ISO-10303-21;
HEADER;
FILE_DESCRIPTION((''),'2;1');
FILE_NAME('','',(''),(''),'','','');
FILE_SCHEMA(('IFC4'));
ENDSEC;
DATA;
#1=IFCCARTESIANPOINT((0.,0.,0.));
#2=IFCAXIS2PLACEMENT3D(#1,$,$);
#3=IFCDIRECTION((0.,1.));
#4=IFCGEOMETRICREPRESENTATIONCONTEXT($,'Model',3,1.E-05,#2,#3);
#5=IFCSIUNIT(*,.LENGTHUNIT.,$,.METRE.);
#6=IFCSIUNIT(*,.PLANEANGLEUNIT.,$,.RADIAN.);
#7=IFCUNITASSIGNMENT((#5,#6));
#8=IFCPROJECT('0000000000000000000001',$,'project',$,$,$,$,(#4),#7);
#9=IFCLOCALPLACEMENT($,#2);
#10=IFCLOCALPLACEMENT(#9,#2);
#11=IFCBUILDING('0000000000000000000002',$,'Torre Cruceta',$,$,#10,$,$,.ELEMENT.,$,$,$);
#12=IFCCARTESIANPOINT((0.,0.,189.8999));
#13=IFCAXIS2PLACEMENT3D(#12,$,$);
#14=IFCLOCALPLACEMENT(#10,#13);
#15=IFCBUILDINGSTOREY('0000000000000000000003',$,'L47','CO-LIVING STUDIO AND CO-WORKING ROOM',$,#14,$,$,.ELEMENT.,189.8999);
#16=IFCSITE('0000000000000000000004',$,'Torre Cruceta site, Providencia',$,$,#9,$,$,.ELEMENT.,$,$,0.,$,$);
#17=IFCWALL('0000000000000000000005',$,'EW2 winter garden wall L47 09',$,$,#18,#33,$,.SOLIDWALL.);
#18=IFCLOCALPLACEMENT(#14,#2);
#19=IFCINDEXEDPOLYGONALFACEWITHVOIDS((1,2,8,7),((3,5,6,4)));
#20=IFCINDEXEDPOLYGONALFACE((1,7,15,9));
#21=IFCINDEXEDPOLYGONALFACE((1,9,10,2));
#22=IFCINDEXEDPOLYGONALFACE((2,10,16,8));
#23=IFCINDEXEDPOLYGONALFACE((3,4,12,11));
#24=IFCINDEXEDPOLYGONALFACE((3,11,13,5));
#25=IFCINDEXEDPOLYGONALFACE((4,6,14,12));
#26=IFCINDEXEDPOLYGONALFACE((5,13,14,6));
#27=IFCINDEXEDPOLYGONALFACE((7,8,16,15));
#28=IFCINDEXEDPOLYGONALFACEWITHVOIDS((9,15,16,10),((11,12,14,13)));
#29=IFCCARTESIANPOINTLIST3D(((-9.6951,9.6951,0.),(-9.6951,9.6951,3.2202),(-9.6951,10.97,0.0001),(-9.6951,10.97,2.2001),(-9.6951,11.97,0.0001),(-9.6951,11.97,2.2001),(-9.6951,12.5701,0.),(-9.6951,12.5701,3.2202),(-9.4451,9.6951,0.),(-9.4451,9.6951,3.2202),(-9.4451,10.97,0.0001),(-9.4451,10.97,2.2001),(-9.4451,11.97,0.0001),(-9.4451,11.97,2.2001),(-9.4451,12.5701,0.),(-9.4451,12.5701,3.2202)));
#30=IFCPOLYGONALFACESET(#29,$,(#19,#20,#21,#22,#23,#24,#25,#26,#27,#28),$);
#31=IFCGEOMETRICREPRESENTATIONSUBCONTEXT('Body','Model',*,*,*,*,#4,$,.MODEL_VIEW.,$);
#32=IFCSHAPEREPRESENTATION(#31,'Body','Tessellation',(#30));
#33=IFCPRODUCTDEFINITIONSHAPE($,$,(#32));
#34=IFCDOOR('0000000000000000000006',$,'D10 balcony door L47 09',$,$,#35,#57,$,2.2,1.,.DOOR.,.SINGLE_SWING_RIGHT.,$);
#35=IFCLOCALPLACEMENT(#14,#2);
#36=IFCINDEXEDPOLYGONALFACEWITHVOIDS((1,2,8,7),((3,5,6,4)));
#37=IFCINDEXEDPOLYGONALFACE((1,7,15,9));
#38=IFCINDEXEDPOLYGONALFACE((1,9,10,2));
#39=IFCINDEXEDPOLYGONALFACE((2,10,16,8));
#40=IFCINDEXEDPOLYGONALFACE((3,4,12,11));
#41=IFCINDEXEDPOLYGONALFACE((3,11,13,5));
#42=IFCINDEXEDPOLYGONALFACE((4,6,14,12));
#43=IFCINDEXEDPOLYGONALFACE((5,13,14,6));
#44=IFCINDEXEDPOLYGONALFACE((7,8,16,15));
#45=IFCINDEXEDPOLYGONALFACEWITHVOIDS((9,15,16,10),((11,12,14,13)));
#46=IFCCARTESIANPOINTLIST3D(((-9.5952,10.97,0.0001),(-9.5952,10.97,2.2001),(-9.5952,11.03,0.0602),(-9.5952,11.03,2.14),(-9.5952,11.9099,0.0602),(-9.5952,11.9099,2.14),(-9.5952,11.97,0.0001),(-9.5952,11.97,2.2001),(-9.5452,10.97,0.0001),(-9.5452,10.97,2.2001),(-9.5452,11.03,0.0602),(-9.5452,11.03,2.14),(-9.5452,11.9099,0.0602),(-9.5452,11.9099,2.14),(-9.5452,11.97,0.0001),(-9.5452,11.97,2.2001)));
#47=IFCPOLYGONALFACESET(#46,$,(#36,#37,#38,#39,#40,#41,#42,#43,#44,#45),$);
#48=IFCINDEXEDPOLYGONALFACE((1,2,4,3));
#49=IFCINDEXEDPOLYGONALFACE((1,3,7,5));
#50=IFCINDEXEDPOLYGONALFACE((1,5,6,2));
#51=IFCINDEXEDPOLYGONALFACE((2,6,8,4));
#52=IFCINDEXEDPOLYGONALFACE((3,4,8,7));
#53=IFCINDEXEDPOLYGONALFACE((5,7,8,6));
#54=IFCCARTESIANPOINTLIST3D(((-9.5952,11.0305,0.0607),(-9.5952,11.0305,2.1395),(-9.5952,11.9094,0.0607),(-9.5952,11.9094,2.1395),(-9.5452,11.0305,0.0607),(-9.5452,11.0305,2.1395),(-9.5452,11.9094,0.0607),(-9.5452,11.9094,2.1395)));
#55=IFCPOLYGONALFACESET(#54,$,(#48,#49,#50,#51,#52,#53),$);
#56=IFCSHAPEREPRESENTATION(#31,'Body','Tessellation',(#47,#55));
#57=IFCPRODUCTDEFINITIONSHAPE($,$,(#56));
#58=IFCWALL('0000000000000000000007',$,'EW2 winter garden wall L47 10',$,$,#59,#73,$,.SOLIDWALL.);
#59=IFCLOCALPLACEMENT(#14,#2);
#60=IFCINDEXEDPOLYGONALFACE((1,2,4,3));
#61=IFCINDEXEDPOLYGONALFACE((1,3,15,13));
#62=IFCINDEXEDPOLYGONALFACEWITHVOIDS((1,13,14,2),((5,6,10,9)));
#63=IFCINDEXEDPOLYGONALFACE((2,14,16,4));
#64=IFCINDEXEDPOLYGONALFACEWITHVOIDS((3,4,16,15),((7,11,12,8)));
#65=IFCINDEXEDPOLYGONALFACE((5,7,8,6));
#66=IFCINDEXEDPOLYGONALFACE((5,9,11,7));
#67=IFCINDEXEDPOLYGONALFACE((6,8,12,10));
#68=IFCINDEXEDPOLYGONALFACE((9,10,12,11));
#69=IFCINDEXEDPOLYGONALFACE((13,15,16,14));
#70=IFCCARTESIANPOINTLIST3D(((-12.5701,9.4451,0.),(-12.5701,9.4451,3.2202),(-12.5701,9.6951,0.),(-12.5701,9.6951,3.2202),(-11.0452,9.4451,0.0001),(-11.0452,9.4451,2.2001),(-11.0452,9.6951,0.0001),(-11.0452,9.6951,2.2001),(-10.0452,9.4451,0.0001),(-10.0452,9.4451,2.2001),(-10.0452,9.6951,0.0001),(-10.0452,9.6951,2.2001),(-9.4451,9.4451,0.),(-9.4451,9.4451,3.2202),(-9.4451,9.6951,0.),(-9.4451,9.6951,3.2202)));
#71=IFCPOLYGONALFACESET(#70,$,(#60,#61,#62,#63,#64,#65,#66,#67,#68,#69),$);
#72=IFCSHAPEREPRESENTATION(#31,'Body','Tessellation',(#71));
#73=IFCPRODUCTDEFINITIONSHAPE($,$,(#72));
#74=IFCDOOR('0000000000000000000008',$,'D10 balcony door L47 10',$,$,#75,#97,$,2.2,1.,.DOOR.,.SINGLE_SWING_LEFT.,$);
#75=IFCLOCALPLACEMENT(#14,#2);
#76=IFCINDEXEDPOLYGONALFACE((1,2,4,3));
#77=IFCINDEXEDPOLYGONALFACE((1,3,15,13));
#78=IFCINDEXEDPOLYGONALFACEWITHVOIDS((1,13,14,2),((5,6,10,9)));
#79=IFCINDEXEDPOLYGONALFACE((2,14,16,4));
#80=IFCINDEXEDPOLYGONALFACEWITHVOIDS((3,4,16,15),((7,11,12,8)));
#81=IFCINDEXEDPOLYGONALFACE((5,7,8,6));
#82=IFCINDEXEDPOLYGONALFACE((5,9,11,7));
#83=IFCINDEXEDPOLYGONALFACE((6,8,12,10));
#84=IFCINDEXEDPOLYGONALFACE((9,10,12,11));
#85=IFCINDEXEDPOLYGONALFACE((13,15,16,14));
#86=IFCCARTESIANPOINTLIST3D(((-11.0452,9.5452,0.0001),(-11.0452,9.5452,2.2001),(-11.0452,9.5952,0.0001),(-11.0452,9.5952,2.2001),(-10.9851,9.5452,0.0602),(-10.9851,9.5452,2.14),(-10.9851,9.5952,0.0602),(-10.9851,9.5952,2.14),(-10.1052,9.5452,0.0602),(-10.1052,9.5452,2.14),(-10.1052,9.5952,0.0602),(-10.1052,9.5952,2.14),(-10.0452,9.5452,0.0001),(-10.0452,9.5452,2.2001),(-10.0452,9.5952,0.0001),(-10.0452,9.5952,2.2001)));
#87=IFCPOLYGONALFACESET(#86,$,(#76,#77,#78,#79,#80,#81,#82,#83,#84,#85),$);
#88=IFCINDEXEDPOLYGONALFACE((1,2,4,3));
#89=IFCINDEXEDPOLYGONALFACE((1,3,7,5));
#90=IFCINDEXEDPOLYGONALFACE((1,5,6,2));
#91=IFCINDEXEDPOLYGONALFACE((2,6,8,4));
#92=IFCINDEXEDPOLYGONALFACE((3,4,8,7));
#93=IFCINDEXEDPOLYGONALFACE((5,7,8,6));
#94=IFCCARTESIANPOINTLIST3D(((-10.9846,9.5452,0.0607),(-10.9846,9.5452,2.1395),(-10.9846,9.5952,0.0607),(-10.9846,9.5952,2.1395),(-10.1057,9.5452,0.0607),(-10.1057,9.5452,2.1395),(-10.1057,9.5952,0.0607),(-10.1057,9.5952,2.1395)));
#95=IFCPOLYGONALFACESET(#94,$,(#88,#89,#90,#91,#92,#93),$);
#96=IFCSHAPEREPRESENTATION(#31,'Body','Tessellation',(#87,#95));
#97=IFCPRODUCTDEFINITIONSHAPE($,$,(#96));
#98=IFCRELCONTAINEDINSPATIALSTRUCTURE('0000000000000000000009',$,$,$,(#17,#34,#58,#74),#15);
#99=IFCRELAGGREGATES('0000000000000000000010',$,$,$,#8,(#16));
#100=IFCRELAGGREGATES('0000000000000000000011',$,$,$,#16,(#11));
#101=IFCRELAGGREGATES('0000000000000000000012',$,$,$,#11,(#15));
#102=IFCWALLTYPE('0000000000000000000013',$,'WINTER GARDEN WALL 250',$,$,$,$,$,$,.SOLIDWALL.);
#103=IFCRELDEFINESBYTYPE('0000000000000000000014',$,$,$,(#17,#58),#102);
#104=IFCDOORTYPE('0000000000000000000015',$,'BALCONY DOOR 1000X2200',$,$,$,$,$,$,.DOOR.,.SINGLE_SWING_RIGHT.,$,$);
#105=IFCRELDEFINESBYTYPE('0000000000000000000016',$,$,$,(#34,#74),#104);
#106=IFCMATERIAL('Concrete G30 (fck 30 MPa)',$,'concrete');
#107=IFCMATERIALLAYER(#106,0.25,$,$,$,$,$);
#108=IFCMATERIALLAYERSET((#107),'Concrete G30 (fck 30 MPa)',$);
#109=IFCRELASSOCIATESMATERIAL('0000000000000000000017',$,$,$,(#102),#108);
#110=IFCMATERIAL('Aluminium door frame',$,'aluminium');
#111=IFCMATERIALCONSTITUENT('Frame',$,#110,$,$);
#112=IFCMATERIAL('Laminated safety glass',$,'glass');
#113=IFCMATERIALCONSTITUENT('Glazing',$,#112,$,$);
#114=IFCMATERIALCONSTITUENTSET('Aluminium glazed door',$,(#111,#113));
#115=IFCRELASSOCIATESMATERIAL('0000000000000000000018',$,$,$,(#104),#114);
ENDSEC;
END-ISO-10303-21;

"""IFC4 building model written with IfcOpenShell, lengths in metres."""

from ifc_helpers import new_model, si_unit, direction, frame, frame_2d, origin, place, context, subcontext, project, spatial, rectangle, hollow_rectangle, extrude, material, layer, layer_set, constituent, constituent_set, type_object, element, fill, save


model = new_model("IFC4")

# Units and contexts
model_context = context("Model", 3, precision=1e-05, world=origin(), true_north=direction((0.0, 1.0)))
body_context = subcontext(model_context, "Body", "Model", "MODEL_VIEW")
ifc_project = project(units=[si_unit("LENGTHUNIT", "METRE"), si_unit("PLANEANGLEUNIT", "RADIAN")], contexts=[model_context])

# Site, building, storey
site_placement = place(None, origin())
site = spatial("IfcSite", under=ifc_project, at=site_placement, Name="Torre Cruceta site, Providencia", CompositionType="ELEMENT", RefElevation=0.0)
building_placement = place(site_placement, origin())
building = spatial("IfcBuilding", under=site, at=building_placement, Name="Torre Cruceta", CompositionType="ELEMENT")
storey_placement = place(building_placement, frame((0.0, 0.0, 189.8999)))
storey = spatial("IfcBuildingStorey", under=building, at=storey_placement, Name="L47", Description="CO-LIVING STUDIO AND CO-WORKING ROOM", CompositionType="ELEMENT", Elevation=189.8999)

# Walls, openings, doors
ifc_material_1 = material(Name="Concrete G30 (fck 30 MPa)", Category="concrete")
ifc_layer_1 = layer(ifc_material_1, 0.25)
ifc_layer_set_1 = layer_set([ifc_layer_1], Name="Concrete G30 (fck 30 MPa)")
wall_type_1 = type_object("IfcWallType", Name="WINTER GARDEN WALL 250", PredefinedType="SOLIDWALL", material=ifc_layer_set_1)
wall_1_placement = place(storey_placement, frame((-9.5701, 12.5701, 0.0), z_axis=(0.0, 0.0, 1.0), x_axis=(0.0, -1.0, 0.0)))
wall_1 = element("IfcWall", 1, at=wall_1_placement, inside=storey, type_object=wall_type_1, Name="EW2 winter garden wall L47 09", PredefinedType="SOLIDWALL", context=body_context, shape_type="SweptSolid", body=[
    extrude(rectangle(XDim=2.875, YDim=0.25, at=frame_2d((1.4375, 0.0))), origin(), (0.0, 0.0, 1.0), 3.2202),
])
opening_1_placement = place(wall_1_placement, frame((0.6001, 0.0, 0.0)))
opening_1 = element("IfcOpeningElement", 2, at=opening_1_placement, cuts=wall_1, PredefinedType="OPENING", context=body_context, shape_type="SweptSolid", body=[
    extrude(rectangle(XDim=1.0, YDim=2.2, at=frame_2d((0.5, 1.1001))), frame((0.0, 0.135, 0.0), z_axis=(0.0, -1.0, 0.0), x_axis=(1.0, 0.0, 0.0)), (0.0, 0.0, 1.0), 0.27),
])
ifc_material_2 = material(Name="Aluminium door frame", Category="aluminium")
ifc_constituent_1 = constituent(ifc_material_2, Name="Frame")
ifc_material_3 = material(Name="Laminated safety glass", Category="glass")
ifc_constituent_2 = constituent(ifc_material_3, Name="Glazing")
ifc_constituent_set_1 = constituent_set(constituents=[ifc_constituent_1, ifc_constituent_2], Name="Aluminium glazed door")
door_type_1 = type_object("IfcDoorType", Name="BALCONY DOOR 1000X2200", OperationType="SINGLE_SWING_RIGHT", PredefinedType="DOOR", material=ifc_constituent_set_1)
door_1_placement = place(opening_1_placement, origin())
door_1 = element("IfcDoor", 3, at=door_1_placement, inside=storey, type_object=door_type_1, Name="D10 balcony door L47 09", OperationType="SINGLE_SWING_RIGHT", OverallHeight=2.2, OverallWidth=1.0, PredefinedType="DOOR", context=body_context, shape_type="SweptSolid", body=[
    extrude(hollow_rectangle(XDim=1.0, YDim=2.2, WallThickness=0.0601, at=frame_2d((0.5, 1.1001))), frame((0.0, 0.0249, 0.0), z_axis=(0.0, -1.0, 0.0), x_axis=(1.0, 0.0, 0.0)), (0.0, 0.0, 1.0), 0.05),
    extrude(rectangle(XDim=0.8789, YDim=2.0789, at=frame_2d((0.5, 1.1001))), frame((0.0, 0.0249, 0.0), z_axis=(0.0, -1.0, 0.0), x_axis=(1.0, 0.0, 0.0)), (0.0, 0.0, 1.0), 0.05),
])
fill(opening_1, door_1)
wall_2_placement = place(storey_placement, frame((-9.4451, 9.5701, 0.0), z_axis=(0.0, 0.0, 1.0), x_axis=(-1.0, 0.0, 0.0)))
wall_2 = element("IfcWall", 4, at=wall_2_placement, inside=storey, type_object=wall_type_1, Name="EW2 winter garden wall L47 10", PredefinedType="SOLIDWALL", context=body_context, shape_type="SweptSolid", body=[
    extrude(rectangle(XDim=3.125, YDim=0.25, at=frame_2d((1.5625, 0.0))), origin(), (0.0, 0.0, 1.0), 3.2202),
])
opening_2_placement = place(wall_2_placement, frame((0.6001, 0.0, 0.0)))
opening_2 = element("IfcOpeningElement", 5, at=opening_2_placement, cuts=wall_2, PredefinedType="OPENING", context=body_context, shape_type="SweptSolid", body=[
    extrude(rectangle(XDim=1.0, YDim=2.2, at=frame_2d((0.5, 1.1001))), frame((0.0, 0.135, 0.0), z_axis=(0.0, -1.0, 0.0), x_axis=(1.0, 0.0, 0.0)), (0.0, 0.0, 1.0), 0.27),
])
door_2_placement = place(opening_2_placement, origin())
door_2 = element("IfcDoor", 6, at=door_2_placement, inside=storey, type_object=door_type_1, Name="D10 balcony door L47 10", OperationType="SINGLE_SWING_LEFT", OverallHeight=2.2, OverallWidth=1.0, PredefinedType="DOOR", context=body_context, shape_type="SweptSolid", body=[
    extrude(hollow_rectangle(XDim=1.0, YDim=2.2, WallThickness=0.0601, at=frame_2d((0.5, 1.1001))), frame((0.0, 0.0249, 0.0), z_axis=(0.0, -1.0, 0.0), x_axis=(1.0, 0.0, 0.0)), (0.0, 0.0, 1.0), 0.05),
    extrude(rectangle(XDim=0.8789, YDim=2.0789, at=frame_2d((0.5, 1.1001))), frame((0.0, 0.0249, 0.0), z_axis=(0.0, -1.0, 0.0), x_axis=(1.0, 0.0, 0.0)), (0.0, 0.0, 1.0), 0.05),
])
fill(opening_2, door_2)

save(model, "model.ifc")
